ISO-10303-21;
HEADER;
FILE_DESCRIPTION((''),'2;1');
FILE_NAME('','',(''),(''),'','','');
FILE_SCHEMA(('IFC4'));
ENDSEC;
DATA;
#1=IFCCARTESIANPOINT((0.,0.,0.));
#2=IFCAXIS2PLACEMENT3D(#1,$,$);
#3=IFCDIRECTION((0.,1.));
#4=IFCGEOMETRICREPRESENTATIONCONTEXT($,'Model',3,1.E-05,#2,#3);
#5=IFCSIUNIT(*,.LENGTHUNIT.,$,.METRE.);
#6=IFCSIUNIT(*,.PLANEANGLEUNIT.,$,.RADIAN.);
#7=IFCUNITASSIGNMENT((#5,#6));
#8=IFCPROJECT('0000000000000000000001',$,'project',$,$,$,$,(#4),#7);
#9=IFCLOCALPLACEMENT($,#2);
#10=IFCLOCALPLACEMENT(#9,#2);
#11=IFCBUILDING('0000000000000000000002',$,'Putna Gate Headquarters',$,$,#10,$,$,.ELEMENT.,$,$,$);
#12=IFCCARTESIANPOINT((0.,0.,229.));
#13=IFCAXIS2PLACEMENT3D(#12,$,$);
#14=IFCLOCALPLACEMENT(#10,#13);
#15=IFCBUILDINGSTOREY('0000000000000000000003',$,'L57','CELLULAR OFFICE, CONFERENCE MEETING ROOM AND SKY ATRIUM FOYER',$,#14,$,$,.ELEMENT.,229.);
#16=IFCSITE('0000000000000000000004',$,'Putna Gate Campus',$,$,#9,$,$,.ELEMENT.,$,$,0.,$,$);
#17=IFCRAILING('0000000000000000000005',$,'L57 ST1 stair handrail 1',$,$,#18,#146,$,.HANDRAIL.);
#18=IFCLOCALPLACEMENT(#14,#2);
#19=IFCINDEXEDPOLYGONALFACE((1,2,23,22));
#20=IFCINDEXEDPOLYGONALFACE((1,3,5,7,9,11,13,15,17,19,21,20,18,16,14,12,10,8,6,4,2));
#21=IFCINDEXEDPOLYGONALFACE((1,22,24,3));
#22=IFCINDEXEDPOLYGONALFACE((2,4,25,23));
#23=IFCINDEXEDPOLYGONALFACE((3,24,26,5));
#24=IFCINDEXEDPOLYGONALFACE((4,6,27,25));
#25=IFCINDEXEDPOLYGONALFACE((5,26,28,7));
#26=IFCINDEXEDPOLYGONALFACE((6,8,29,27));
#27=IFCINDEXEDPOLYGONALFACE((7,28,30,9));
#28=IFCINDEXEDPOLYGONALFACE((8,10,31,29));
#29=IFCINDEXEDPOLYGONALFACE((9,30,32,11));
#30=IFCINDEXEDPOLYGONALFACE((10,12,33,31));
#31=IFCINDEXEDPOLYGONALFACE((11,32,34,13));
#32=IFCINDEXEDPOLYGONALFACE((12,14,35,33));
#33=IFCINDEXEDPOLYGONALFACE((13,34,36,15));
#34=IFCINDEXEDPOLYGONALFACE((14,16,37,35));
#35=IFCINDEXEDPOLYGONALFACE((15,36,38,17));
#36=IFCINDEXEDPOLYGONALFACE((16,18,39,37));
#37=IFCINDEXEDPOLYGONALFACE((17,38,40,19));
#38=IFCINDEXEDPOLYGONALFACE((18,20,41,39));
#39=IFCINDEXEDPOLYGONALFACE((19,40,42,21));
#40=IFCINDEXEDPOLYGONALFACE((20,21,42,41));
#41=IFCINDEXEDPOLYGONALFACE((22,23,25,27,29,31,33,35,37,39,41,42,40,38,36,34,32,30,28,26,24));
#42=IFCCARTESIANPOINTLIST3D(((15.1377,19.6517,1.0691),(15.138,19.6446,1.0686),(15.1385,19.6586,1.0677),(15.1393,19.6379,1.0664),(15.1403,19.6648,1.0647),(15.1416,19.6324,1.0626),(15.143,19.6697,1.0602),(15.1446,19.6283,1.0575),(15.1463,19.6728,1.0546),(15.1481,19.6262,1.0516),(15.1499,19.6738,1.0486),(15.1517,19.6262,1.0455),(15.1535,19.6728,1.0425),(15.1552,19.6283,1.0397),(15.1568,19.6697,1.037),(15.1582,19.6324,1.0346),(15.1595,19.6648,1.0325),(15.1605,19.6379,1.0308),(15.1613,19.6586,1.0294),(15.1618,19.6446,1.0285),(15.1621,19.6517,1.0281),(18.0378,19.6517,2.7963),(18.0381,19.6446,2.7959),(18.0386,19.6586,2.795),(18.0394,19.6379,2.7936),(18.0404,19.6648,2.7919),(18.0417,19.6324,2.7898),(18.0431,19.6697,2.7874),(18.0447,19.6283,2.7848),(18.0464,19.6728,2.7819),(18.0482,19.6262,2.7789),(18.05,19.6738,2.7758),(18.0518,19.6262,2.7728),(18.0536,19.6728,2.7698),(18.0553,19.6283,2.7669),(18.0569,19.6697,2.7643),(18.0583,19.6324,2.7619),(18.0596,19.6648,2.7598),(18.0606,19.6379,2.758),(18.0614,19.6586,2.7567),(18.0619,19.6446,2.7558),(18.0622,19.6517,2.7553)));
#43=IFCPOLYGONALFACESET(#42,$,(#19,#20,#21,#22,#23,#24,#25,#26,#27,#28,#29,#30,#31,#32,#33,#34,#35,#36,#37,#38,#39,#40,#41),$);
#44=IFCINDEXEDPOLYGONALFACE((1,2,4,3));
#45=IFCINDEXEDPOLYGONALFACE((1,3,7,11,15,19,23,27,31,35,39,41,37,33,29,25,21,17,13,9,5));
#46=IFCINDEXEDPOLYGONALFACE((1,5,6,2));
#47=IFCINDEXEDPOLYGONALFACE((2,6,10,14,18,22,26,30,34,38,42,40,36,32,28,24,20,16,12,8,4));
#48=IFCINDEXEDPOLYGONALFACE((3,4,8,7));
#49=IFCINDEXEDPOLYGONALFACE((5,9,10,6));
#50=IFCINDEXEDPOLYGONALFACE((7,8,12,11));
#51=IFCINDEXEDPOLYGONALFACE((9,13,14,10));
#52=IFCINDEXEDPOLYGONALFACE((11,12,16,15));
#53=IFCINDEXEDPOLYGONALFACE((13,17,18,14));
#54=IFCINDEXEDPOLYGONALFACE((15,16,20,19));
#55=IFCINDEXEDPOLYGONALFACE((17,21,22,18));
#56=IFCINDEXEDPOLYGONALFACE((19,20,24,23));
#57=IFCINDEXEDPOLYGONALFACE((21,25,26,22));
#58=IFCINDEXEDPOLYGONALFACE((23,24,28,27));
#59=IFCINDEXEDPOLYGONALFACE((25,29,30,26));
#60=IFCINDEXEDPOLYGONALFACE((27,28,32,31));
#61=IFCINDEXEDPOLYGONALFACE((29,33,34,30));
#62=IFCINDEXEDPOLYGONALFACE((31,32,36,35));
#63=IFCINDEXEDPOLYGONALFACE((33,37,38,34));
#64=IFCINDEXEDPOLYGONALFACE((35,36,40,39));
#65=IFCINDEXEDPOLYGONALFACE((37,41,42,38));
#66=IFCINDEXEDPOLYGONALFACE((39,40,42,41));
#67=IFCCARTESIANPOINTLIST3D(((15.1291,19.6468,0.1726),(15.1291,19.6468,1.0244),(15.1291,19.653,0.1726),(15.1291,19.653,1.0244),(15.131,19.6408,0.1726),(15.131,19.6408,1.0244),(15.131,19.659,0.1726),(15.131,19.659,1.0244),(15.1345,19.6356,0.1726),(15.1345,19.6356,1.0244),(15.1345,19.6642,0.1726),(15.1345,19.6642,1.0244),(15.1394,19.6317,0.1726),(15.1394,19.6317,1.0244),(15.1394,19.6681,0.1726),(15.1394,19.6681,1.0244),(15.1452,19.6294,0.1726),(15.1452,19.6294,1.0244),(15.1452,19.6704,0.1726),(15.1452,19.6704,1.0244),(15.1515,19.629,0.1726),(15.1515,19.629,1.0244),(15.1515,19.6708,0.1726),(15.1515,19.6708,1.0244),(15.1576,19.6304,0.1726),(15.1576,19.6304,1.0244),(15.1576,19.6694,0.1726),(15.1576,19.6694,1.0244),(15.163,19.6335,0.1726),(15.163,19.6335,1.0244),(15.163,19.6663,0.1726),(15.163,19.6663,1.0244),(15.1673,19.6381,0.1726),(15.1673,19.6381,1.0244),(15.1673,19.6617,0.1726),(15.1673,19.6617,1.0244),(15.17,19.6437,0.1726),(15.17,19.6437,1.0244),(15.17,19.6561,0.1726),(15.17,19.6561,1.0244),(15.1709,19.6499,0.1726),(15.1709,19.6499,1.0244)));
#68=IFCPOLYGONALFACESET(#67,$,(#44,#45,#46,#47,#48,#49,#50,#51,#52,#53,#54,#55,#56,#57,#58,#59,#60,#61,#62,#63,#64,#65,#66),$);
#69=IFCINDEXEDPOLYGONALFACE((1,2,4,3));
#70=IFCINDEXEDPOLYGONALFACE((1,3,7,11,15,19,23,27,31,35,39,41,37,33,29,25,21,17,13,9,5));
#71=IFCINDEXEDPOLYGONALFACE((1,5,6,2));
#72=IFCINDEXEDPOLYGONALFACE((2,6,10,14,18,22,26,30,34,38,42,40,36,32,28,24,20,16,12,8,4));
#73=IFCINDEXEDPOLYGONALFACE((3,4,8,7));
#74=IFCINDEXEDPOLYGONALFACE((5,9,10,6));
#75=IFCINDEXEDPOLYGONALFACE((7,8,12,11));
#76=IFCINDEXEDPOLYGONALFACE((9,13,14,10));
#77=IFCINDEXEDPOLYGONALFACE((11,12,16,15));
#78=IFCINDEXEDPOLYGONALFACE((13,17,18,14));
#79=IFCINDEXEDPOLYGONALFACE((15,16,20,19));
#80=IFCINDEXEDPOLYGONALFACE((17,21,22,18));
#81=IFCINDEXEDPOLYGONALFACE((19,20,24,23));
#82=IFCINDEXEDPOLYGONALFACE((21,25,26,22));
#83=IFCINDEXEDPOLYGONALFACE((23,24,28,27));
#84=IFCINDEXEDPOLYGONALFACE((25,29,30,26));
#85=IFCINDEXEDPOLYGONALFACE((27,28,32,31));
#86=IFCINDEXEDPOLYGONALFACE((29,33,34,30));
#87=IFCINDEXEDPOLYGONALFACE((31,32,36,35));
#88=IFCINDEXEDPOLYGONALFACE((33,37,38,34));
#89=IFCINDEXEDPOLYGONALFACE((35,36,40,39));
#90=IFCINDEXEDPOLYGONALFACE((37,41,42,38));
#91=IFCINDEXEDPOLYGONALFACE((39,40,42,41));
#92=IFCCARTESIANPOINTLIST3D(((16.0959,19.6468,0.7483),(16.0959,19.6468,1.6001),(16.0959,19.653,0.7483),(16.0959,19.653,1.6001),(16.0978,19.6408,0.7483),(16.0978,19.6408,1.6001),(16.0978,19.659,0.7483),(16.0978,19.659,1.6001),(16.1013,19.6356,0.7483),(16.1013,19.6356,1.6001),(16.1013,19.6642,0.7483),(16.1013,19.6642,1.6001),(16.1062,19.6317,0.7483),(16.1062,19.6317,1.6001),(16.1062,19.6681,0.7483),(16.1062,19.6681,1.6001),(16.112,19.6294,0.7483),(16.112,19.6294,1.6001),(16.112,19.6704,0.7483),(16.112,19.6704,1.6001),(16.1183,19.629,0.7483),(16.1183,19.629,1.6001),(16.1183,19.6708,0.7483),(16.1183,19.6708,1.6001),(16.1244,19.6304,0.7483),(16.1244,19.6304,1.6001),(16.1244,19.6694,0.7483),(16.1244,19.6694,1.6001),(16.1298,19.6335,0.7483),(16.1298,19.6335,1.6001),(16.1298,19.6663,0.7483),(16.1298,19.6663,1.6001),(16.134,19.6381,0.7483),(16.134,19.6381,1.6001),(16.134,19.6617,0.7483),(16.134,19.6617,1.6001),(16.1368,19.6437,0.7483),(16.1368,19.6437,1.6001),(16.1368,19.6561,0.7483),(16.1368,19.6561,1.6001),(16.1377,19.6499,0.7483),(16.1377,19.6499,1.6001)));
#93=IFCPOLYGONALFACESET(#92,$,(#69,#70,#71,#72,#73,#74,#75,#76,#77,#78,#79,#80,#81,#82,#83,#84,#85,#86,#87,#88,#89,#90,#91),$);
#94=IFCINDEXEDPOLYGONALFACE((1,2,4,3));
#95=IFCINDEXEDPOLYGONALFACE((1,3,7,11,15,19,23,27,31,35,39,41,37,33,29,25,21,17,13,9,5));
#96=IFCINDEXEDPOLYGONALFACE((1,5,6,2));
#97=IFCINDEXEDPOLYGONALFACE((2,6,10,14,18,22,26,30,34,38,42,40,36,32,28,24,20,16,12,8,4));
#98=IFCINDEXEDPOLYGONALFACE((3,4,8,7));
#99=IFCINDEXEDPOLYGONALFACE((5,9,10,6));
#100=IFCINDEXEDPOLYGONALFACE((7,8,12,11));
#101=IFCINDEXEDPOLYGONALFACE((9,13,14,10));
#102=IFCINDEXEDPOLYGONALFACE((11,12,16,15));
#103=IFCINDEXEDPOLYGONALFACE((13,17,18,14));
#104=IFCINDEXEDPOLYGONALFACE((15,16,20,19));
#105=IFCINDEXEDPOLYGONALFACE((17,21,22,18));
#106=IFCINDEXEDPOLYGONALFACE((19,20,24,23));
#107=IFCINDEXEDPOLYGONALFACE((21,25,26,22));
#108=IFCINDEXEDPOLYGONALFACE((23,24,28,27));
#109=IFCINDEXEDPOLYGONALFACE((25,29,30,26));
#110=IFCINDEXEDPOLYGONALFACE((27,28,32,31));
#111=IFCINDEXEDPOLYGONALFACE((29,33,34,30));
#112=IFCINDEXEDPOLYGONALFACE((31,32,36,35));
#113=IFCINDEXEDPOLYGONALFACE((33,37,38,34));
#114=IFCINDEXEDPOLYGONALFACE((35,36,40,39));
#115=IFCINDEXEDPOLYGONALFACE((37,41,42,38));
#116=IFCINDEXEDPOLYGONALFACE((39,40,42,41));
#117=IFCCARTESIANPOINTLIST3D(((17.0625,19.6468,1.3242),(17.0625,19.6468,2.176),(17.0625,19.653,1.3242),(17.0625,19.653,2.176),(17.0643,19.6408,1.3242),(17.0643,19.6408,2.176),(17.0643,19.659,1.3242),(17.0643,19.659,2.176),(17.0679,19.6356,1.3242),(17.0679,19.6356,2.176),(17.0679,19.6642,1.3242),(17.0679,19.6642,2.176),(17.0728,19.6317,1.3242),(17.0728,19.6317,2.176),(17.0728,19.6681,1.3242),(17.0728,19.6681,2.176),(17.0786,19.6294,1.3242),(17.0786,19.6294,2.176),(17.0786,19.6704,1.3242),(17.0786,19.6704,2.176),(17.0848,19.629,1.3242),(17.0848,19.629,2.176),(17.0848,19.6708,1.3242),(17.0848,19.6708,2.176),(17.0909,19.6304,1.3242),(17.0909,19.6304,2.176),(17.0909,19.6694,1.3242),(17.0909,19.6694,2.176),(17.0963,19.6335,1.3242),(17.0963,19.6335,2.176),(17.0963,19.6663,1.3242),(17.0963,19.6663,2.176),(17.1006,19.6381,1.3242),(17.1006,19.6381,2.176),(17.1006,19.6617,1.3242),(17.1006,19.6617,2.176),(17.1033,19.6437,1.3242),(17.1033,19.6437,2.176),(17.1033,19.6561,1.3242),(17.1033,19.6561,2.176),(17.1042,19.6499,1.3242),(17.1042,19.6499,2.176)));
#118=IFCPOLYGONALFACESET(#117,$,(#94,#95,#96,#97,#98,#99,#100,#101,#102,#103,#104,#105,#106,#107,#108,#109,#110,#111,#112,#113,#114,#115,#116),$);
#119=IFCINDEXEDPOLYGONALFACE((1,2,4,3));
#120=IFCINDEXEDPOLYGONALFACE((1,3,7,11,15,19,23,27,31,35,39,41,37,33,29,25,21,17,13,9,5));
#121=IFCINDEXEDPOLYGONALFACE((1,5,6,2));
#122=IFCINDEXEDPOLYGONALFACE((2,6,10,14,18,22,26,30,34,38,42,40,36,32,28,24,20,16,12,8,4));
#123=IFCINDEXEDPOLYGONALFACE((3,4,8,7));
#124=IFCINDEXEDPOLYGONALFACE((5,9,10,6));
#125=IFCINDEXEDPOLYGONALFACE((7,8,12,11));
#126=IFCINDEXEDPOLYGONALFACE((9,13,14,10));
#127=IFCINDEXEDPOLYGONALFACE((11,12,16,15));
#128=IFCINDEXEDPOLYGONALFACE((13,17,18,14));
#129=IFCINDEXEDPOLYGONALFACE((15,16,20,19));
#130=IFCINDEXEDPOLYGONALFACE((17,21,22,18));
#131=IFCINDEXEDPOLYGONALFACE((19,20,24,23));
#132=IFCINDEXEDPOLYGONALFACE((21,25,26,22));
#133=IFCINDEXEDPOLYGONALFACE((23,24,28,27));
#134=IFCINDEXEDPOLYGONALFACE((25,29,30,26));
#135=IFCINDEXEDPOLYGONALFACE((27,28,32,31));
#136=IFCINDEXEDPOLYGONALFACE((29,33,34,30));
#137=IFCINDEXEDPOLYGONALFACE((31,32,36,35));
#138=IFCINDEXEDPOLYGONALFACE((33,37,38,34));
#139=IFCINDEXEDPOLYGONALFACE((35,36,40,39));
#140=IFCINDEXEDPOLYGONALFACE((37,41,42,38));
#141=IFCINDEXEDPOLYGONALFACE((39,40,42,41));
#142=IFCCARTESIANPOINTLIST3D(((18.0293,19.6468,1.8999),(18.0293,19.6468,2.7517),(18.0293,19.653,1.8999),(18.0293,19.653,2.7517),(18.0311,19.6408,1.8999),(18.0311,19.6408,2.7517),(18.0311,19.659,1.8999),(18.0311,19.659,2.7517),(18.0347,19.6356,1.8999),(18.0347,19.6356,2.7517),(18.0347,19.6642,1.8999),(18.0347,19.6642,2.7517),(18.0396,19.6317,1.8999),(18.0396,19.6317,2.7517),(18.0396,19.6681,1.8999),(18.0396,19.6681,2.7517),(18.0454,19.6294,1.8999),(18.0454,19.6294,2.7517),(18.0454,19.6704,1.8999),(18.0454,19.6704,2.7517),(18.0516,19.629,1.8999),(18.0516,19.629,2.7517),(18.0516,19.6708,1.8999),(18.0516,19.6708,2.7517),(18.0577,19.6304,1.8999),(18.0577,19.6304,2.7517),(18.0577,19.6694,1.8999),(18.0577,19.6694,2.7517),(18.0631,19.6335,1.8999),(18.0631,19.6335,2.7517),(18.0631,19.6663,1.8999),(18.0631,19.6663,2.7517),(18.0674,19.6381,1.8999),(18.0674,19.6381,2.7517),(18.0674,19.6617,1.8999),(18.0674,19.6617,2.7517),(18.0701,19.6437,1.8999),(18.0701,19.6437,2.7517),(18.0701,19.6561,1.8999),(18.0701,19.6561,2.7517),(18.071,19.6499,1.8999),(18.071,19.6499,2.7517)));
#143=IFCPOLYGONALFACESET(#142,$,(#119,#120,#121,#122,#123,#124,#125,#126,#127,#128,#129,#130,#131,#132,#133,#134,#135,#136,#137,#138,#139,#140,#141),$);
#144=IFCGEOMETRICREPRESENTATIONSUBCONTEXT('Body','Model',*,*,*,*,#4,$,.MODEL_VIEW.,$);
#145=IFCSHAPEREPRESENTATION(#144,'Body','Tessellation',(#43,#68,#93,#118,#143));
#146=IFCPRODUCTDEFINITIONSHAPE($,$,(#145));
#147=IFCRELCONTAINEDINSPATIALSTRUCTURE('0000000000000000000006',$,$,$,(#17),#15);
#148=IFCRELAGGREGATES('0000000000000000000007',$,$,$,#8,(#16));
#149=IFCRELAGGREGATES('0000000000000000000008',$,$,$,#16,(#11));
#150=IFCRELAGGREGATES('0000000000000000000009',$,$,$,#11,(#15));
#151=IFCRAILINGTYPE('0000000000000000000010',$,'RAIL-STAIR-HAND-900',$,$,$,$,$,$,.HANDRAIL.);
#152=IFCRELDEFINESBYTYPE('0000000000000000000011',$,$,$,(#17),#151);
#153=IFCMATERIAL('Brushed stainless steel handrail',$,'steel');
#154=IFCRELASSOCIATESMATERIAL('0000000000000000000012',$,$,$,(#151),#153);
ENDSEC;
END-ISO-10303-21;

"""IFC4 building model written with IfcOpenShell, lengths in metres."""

from ifc_helpers import new_model, si_unit, direction, frame, origin, origin_2d, place, context, subcontext, project, spatial, circle, extrude, material, type_object, element, save


model = new_model("IFC4")

# Units and contexts
model_context = context("Model", 3, precision=1e-05, world=origin(), true_north=direction((0.0, 1.0)))
body_context = subcontext(model_context, "Body", "Model", "MODEL_VIEW")
ifc_project = project(units=[si_unit("LENGTHUNIT", "METRE"), si_unit("PLANEANGLEUNIT", "RADIAN")], contexts=[model_context])

# Site, building, storey
site_placement = place(None, origin())
site = spatial("IfcSite", under=ifc_project, at=site_placement, Name="Putna Gate Campus", CompositionType="ELEMENT", RefElevation=0.0)
building_placement = place(site_placement, origin())
building = spatial("IfcBuilding", under=site, at=building_placement, Name="Putna Gate Headquarters", CompositionType="ELEMENT")
storey_placement = place(building_placement, frame((0.0, 0.0, 229.0)))
storey = spatial("IfcBuildingStorey", under=building, at=storey_placement, Name="L57", Description="CELLULAR OFFICE, CONFERENCE MEETING ROOM AND SKY ATRIUM FOYER", CompositionType="ELEMENT", Elevation=229.0)

# Railing
ifc_material_1 = material(Name="Brushed stainless steel handrail", Category="steel")
railing_type_1 = type_object("IfcRailingType", Name="RAIL-STAIR-HAND-900", PredefinedType="HANDRAIL", material=ifc_material_1)
railing_1_placement = place(storey_placement, frame((15.1499, 19.6499, 0.1726)))
element("IfcRailing", 1, at=railing_1_placement, inside=storey, type_object=railing_type_1, Name="L57 ST1 stair handrail 1", PredefinedType="HANDRAIL", context=body_context, shape_type="SweptSolid", body=[
    extrude(circle(Radius=0.0239, at=origin_2d()), frame((0.0, 0.0, 0.876), z_axis=(0.85916, 0.0, 0.511706), x_axis=(0.0, 1.0, 0.0)), (0.0, 0.0, 1.0), 3.3755),
    extrude(circle(Radius=0.021, at=origin_2d()), origin(), (0.0, 0.0, 1.0), 0.8518),
    extrude(circle(Radius=0.021, at=origin_2d()), frame((0.9668, 0.0, 0.5757)), (0.0, 0.0, 1.0), 0.8518),
    extrude(circle(Radius=0.021, at=origin_2d()), frame((1.9333, 0.0, 1.1516)), (0.0, 0.0, 1.0), 0.8518),
    extrude(circle(Radius=0.021, at=origin_2d()), frame((2.9001, 0.0, 1.7273)), (0.0, 0.0, 1.0), 0.8518),
])

save(model, "model.ifc")
